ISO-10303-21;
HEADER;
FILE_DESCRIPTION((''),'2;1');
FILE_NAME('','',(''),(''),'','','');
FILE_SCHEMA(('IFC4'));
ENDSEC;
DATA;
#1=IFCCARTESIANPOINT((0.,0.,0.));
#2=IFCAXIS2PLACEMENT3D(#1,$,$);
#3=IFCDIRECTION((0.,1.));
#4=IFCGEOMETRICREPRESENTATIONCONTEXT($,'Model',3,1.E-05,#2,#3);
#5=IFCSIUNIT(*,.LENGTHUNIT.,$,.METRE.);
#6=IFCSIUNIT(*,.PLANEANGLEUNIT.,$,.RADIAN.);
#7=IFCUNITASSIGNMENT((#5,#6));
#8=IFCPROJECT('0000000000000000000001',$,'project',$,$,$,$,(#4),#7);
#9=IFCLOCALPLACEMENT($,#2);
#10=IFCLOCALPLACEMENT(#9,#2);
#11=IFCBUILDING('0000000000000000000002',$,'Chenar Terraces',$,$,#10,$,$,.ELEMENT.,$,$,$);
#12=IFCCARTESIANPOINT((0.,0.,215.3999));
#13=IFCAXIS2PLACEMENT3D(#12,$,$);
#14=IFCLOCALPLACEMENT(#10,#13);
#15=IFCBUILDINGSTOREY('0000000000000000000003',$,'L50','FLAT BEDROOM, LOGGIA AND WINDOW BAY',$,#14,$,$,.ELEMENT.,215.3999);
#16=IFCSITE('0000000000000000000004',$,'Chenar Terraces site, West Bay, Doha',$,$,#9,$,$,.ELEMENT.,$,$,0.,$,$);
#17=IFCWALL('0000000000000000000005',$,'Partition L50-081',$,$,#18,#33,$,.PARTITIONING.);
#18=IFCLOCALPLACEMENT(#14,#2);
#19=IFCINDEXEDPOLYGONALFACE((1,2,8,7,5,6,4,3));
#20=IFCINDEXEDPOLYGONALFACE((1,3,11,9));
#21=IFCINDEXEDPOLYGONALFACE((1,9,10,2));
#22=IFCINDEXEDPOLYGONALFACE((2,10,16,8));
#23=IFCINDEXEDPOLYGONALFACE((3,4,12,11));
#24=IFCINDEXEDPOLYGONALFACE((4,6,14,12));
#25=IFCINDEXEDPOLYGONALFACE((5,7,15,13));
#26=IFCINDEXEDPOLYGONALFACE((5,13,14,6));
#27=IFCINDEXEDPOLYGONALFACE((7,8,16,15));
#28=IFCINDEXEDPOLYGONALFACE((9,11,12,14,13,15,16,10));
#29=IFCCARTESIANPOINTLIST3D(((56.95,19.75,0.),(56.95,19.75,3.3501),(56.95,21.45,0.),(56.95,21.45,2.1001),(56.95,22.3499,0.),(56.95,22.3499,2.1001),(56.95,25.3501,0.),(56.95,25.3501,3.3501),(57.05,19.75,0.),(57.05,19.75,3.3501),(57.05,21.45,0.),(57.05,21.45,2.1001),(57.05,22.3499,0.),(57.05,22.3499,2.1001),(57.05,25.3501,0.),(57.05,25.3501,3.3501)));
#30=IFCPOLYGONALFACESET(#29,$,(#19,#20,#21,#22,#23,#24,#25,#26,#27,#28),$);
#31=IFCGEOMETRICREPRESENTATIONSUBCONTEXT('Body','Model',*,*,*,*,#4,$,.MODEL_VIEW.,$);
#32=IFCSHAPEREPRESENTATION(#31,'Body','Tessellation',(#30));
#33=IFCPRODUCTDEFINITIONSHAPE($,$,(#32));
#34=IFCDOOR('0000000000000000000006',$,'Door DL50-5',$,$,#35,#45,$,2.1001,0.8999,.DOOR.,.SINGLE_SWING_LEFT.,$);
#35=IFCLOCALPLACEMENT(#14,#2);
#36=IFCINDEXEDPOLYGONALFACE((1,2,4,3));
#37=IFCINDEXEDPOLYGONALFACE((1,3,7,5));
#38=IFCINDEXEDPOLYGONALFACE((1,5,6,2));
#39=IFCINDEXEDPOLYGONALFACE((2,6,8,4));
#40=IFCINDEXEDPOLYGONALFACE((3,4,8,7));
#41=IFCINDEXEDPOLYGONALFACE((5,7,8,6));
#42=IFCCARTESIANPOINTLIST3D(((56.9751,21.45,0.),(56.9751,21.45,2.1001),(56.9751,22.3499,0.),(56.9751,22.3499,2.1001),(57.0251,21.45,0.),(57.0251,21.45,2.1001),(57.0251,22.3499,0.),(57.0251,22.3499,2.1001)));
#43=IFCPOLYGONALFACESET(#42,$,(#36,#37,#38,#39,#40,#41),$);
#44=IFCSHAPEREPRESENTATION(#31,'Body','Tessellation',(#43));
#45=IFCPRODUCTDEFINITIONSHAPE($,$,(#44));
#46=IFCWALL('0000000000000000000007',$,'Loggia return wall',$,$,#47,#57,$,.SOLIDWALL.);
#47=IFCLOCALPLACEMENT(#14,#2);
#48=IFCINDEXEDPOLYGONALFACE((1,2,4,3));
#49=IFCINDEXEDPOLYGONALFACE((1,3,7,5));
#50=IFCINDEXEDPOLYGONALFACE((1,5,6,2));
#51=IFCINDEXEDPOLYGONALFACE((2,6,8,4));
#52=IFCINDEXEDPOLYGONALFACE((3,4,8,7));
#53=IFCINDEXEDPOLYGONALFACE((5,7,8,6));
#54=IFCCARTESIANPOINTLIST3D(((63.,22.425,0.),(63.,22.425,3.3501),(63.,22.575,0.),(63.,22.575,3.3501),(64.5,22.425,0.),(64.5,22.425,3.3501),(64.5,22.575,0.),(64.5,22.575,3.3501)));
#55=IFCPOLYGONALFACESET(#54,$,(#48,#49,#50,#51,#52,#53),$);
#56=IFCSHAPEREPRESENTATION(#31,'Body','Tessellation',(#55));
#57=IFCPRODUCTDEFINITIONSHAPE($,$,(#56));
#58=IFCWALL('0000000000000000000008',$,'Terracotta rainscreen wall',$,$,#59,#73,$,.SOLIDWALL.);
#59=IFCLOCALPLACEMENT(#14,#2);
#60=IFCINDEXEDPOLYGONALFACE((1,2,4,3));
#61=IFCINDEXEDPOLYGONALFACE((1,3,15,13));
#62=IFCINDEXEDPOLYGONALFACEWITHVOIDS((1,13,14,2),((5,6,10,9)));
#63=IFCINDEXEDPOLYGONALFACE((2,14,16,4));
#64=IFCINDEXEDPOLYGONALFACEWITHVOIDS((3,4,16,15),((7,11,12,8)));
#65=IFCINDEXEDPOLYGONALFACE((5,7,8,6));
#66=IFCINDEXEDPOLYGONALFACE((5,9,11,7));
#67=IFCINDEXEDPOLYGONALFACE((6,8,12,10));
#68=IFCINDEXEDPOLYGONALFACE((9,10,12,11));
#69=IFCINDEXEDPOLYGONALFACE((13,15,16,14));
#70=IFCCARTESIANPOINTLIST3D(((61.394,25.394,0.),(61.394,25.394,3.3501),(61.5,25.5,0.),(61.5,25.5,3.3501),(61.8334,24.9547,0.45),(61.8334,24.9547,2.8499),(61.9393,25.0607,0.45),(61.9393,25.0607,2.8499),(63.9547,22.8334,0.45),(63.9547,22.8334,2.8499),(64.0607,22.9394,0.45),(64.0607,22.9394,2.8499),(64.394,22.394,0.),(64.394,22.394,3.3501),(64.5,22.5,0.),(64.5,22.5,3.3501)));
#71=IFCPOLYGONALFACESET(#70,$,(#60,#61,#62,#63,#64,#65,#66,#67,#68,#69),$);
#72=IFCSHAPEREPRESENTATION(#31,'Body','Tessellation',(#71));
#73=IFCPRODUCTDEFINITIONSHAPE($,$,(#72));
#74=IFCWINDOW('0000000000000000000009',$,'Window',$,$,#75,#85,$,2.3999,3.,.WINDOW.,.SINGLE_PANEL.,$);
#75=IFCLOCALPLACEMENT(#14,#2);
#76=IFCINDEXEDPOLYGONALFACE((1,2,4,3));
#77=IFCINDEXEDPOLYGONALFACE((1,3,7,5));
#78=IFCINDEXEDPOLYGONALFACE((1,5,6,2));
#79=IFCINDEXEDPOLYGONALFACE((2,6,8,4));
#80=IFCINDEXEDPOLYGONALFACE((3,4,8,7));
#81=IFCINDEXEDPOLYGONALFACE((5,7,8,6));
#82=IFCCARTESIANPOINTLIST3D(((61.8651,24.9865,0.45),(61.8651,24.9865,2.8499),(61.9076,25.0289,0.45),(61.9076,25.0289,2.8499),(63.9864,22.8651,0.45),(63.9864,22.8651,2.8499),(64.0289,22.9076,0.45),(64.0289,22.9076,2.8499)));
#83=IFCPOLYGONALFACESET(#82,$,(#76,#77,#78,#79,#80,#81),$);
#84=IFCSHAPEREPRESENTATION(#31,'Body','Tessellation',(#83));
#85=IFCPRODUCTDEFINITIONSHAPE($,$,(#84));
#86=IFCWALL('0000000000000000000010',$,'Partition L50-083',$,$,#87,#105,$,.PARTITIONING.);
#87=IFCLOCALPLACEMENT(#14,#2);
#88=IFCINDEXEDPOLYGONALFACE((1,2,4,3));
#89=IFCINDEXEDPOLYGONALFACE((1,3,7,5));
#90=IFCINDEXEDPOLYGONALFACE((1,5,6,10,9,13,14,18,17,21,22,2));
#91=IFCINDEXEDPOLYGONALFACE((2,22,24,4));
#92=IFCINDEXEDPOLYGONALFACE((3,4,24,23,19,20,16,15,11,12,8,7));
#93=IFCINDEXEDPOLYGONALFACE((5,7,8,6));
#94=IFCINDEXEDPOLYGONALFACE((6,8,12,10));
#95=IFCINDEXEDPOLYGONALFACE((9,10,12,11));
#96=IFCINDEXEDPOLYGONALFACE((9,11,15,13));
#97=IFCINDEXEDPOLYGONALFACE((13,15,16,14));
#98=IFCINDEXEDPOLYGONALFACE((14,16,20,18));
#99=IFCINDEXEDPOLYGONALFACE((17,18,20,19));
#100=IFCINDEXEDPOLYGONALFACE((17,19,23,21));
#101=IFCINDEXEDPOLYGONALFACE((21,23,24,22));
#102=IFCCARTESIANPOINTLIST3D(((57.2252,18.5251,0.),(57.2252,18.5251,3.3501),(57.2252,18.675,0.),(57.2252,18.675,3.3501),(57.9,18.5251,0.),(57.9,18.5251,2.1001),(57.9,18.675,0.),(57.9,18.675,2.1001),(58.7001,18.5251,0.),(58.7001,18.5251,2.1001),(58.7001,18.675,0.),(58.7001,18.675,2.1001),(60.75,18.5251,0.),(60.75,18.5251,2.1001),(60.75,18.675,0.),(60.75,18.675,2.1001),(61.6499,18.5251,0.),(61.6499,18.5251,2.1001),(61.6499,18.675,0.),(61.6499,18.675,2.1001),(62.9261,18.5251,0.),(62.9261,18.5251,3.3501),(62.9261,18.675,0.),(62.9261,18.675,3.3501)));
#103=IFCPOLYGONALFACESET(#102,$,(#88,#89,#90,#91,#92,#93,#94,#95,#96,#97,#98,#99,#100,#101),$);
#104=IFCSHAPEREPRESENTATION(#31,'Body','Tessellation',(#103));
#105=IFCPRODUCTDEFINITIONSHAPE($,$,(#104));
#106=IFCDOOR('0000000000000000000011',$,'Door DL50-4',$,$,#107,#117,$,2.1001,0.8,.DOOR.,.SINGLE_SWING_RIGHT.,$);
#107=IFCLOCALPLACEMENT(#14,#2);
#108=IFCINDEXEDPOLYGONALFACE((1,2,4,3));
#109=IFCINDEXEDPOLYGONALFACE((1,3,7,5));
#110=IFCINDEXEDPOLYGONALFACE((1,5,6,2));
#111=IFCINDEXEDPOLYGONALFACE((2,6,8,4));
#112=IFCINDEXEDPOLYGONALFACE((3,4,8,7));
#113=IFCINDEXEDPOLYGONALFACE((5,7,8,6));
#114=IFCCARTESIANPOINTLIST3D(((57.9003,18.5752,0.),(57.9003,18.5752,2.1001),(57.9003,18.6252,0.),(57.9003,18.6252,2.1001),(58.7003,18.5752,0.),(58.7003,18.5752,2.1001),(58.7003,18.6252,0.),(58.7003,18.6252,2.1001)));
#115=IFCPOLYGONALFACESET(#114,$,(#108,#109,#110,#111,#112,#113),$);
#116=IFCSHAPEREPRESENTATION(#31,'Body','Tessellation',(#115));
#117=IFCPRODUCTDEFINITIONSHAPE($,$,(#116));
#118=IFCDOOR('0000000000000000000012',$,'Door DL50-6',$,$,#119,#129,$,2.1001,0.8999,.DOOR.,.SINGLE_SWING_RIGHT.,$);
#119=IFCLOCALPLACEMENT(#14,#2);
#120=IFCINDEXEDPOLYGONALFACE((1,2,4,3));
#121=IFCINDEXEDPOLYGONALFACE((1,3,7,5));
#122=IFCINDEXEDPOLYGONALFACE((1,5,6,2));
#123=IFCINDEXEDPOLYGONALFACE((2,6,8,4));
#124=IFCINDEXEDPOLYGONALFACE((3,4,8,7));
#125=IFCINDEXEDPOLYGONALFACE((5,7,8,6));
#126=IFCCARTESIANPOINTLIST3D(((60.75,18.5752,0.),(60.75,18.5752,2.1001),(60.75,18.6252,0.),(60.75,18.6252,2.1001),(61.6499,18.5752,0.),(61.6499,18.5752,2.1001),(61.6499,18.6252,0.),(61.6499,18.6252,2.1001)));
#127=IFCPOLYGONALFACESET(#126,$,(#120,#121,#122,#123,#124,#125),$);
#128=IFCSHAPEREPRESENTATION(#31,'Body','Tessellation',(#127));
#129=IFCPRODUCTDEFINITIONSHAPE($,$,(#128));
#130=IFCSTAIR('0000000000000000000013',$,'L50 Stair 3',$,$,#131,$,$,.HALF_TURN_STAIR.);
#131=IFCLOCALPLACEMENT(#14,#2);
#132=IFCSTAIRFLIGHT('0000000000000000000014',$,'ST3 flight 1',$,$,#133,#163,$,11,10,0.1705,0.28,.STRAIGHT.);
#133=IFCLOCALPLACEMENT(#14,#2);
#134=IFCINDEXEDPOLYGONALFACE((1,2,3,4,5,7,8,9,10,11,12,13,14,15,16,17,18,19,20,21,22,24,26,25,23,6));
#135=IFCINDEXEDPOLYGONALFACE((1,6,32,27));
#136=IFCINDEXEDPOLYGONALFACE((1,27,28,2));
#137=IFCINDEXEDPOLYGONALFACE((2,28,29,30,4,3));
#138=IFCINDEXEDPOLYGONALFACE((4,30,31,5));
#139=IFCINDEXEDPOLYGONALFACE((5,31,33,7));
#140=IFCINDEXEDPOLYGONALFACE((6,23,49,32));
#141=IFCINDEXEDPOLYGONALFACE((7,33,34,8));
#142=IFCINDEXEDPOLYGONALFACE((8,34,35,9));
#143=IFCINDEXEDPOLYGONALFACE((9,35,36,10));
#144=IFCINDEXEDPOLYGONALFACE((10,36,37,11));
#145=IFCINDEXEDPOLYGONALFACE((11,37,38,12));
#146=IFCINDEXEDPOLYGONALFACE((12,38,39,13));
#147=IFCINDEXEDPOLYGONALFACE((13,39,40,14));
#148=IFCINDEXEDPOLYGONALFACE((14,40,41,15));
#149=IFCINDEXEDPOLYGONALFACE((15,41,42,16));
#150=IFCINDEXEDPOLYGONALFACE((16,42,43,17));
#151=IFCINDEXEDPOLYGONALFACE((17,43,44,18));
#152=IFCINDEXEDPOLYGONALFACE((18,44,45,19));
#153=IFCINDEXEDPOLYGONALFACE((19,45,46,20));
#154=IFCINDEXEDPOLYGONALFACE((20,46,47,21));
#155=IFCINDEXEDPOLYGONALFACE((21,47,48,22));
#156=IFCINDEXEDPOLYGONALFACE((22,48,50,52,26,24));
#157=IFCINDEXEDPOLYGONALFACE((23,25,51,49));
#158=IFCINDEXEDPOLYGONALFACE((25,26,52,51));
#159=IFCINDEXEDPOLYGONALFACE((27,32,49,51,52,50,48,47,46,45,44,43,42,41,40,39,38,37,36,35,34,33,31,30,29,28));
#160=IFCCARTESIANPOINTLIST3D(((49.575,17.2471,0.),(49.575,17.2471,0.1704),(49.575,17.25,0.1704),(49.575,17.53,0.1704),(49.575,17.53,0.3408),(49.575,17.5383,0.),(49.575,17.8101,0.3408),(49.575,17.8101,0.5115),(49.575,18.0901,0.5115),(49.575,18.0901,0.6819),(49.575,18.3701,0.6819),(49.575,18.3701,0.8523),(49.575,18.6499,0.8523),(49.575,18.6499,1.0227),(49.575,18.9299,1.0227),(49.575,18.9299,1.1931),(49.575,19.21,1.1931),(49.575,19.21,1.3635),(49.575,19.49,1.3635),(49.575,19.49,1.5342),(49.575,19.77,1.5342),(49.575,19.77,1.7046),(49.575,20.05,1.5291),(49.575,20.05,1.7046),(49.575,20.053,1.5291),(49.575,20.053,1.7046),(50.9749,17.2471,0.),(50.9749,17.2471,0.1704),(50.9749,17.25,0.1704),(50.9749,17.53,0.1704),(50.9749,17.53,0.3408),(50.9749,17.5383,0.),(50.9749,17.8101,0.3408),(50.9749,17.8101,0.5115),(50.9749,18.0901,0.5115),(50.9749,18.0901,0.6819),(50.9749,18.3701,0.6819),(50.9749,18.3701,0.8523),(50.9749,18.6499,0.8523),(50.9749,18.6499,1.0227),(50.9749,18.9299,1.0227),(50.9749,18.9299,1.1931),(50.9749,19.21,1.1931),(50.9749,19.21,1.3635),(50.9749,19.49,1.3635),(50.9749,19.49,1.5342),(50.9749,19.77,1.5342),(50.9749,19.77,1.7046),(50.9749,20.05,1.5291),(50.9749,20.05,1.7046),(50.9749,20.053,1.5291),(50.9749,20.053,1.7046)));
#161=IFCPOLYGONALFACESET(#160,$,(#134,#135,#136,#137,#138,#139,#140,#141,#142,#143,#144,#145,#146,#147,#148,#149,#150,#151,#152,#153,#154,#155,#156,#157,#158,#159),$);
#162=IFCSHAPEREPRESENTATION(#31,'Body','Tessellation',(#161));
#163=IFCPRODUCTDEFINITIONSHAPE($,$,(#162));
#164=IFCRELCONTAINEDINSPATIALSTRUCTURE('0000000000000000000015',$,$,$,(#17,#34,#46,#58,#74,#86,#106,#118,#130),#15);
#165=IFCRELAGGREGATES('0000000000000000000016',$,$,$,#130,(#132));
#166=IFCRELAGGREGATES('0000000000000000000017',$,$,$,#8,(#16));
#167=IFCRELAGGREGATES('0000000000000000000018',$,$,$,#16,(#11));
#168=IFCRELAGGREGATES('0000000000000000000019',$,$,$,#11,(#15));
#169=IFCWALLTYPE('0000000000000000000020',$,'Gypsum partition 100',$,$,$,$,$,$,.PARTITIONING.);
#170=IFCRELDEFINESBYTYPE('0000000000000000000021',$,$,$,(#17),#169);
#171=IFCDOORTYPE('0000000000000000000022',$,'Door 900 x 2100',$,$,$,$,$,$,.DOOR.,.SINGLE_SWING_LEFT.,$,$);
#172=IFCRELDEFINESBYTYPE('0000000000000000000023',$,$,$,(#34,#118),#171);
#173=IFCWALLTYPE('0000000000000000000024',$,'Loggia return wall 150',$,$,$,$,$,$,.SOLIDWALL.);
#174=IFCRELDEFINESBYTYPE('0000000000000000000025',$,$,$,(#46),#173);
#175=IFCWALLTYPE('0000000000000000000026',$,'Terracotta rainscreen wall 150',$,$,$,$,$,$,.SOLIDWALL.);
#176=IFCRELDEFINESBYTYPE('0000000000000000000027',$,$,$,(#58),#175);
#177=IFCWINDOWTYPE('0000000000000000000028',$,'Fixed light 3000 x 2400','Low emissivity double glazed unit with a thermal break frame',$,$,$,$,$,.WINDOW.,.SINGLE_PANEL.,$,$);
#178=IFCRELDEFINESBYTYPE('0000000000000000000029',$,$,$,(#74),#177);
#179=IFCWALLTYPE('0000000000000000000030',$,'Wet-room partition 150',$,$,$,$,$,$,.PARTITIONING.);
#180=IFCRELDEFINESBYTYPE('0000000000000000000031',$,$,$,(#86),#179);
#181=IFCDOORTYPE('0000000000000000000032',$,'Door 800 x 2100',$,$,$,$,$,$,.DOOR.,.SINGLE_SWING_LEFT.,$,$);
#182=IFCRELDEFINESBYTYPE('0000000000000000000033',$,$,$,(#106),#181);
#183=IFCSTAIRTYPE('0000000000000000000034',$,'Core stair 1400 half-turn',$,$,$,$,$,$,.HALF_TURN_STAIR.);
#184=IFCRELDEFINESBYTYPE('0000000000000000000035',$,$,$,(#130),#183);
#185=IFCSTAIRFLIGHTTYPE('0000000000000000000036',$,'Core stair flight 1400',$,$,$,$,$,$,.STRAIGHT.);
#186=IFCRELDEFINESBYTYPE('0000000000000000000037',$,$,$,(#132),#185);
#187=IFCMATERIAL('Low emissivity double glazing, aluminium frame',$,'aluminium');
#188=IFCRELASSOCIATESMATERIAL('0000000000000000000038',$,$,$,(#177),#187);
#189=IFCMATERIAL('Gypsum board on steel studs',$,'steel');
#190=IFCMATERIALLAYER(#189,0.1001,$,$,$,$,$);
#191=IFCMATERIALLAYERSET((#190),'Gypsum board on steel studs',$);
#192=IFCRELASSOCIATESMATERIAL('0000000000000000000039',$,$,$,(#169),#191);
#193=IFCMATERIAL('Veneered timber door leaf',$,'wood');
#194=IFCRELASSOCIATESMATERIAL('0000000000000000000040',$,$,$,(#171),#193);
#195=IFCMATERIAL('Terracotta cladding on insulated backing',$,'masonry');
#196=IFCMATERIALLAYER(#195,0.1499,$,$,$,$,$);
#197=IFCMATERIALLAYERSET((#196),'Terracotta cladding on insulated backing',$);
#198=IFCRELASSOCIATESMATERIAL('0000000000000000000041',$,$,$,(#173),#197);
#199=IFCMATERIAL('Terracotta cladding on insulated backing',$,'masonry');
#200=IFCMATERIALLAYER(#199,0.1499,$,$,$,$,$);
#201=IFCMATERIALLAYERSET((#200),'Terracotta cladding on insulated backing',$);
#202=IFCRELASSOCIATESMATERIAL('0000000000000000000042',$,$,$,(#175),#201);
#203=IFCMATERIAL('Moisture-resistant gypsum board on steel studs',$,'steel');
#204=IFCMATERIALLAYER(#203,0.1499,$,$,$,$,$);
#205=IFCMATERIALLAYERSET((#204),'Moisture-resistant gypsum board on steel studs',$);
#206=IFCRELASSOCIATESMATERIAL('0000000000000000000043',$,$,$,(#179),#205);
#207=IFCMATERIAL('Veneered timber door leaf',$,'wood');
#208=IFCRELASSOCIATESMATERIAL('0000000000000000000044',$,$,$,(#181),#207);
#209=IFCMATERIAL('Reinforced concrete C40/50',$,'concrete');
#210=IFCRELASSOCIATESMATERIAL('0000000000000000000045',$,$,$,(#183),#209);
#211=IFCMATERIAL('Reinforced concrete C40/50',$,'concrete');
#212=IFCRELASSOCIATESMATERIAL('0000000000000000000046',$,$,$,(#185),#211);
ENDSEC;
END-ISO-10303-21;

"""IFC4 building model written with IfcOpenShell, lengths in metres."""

from ifc_helpers import new_model, si_unit, direction, frame, frame_2d, origin, place, context, subcontext, project, spatial, polyline, rectangle, outline, extrude, material, layer, layer_set, type_object, element, fill, aggregate, save


model = new_model("IFC4")

# Units and contexts
model_context = context("Model", 3, precision=1e-05, world=origin(), true_north=direction((0.0, 1.0)))
body_context = subcontext(model_context, "Body", "Model", "MODEL_VIEW")
ifc_project = project(units=[si_unit("LENGTHUNIT", "METRE"), si_unit("PLANEANGLEUNIT", "RADIAN")], contexts=[model_context])

# Site, building, storey
site_placement = place(None, origin())
site = spatial("IfcSite", under=ifc_project, at=site_placement, Name="Chenar Terraces site, West Bay, Doha", CompositionType="ELEMENT", RefElevation=0.0)
building_placement = place(site_placement, origin())
building = spatial("IfcBuilding", under=site, at=building_placement, Name="Chenar Terraces", CompositionType="ELEMENT")
storey_placement = place(building_placement, frame((0.0, 0.0, 215.3999)))
storey = spatial("IfcBuildingStorey", under=building, at=storey_placement, Name="L50", Description="FLAT BEDROOM, LOGGIA AND WINDOW BAY", CompositionType="ELEMENT", Elevation=215.3999)

# Shared definitions
ifc_material_1 = material(Name="Low emissivity double glazing, aluminium frame", Category="aluminium")
window_type_1 = type_object("IfcWindowType", Name="Fixed light 3000 x 2400", Description="Low emissivity double glazed unit with a thermal break frame", PartitioningType="SINGLE_PANEL", PredefinedType="WINDOW", material=ifc_material_1)

# Shared definitions
ifc_material_2 = material(Name="Gypsum board on steel studs", Category="steel")
ifc_layer_1 = layer(ifc_material_2, 0.1001)
ifc_layer_set_1 = layer_set([ifc_layer_1], Name="Gypsum board on steel studs")
wall_type_1 = type_object("IfcWallType", Name="Gypsum partition 100", PredefinedType="PARTITIONING", material=ifc_layer_set_1)

# Wall, opening, door
wall_1_placement = place(storey_placement, frame((57.0, 19.75, 0.0), z_axis=(0.0, 0.0, 1.0), x_axis=(0.0, 1.0, 0.0)))
wall_1 = element("IfcWall", 1, at=wall_1_placement, inside=storey, type_object=wall_type_1, Name="Partition L50-081", PredefinedType="PARTITIONING", context=body_context, shape_type="SweptSolid", body=[
    extrude(rectangle(XDim=5.6001, YDim=0.1001, at=frame_2d((2.8, 0.0))), origin(), (0.0, 0.0, 1.0), 3.3501),
])
opening_1_placement = place(wall_1_placement, frame((1.7, 0.0, 0.0)))
opening_1 = element("IfcOpeningElement", 2, at=opening_1_placement, cuts=wall_1, PredefinedType="OPENING", context=body_context, shape_type="SweptSolid", body=[
    extrude(rectangle(XDim=0.8999, YDim=2.1001, at=frame_2d((0.45, 1.05))), frame((0.0, 0.0601, 0.0), z_axis=(0.0, -1.0, 0.0), x_axis=(1.0, 0.0, 0.0)), (0.0, 0.0, 1.0), 0.1201),
])
ifc_material_3 = material(Name="Veneered timber door leaf", Category="wood")
door_type_1 = type_object("IfcDoorType", Name="Door 900 x 2100", OperationType="SINGLE_SWING_LEFT", PredefinedType="DOOR", material=ifc_material_3)
door_1_placement = place(opening_1_placement, origin())
door_1 = element("IfcDoor", 3, at=door_1_placement, inside=storey, type_object=door_type_1, Name="Door DL50-5", OperationType="SINGLE_SWING_LEFT", OverallHeight=2.1001, OverallWidth=0.8999, PredefinedType="DOOR", context=body_context, shape_type="SweptSolid", body=[
    extrude(rectangle(XDim=0.8999, YDim=2.1001, at=frame_2d((0.45, 1.05))), frame((0.0, 0.0249, 0.0), z_axis=(0.0, -1.0, 0.0), x_axis=(1.0, 0.0, 0.0)), (0.0, 0.0, 1.0), 0.05),
])
fill(opening_1, door_1)

# Wall
ifc_material_4 = material(Name="Terracotta cladding on insulated backing", Category="masonry")
ifc_layer_2 = layer(ifc_material_4, 0.1499)
ifc_layer_set_2 = layer_set([ifc_layer_2], Name="Terracotta cladding on insulated backing")
wall_type_2 = type_object("IfcWallType", Name="Loggia return wall 150", PredefinedType="SOLIDWALL", material=ifc_layer_set_2)
wall_2_placement = place(storey_placement, frame((64.5, 22.5, 0.0), z_axis=(0.0, 0.0, 1.0), x_axis=(-1.0, 0.0, 0.0)))
element("IfcWall", 4, at=wall_2_placement, inside=storey, type_object=wall_type_2, Name="Loggia return wall", PredefinedType="SOLIDWALL", context=body_context, shape_type="SweptSolid", body=[
    extrude(rectangle(XDim=1.5, YDim=0.1499, at=frame_2d((0.75, 0.0))), origin(), (0.0, 0.0, 1.0), 3.3501),
])

# Wall, opening, window
ifc_material_5 = material(Name="Terracotta cladding on insulated backing", Category="masonry")
ifc_layer_3 = layer(ifc_material_5, 0.1499)
ifc_layer_set_3 = layer_set([ifc_layer_3], Name="Terracotta cladding on insulated backing")
wall_type_3 = type_object("IfcWallType", Name="Terracotta rainscreen wall 150", PredefinedType="SOLIDWALL", material=ifc_layer_set_3)
wall_3_placement = place(storey_placement, frame((64.447, 22.447, 0.0), z_axis=(0.0, 0.0, 1.0), x_axis=(-0.707107, 0.707107, 0.0)))
wall_3 = element("IfcWall", 5, at=wall_3_placement, inside=storey, type_object=wall_type_3, Name="Terracotta rainscreen wall", PredefinedType="SOLIDWALL", context=body_context, shape_type="SweptSolid", body=[
    extrude(rectangle(XDim=4.2427, YDim=0.1499, at=frame_2d((2.1213, 0.0))), origin(), (0.0, 0.0, 1.0), 3.3501),
])
opening_2_placement = place(wall_3_placement, frame((0.6213, 0.0, 0.45)))
opening_2 = element("IfcOpeningElement", 6, at=opening_2_placement, cuts=wall_3, PredefinedType="OPENING", context=body_context, shape_type="SweptSolid", body=[
    extrude(rectangle(XDim=3.0, YDim=2.3999, at=frame_2d((1.5, 1.2))), frame((0.0, 0.085, 0.0), z_axis=(0.0, -1.0, 0.0), x_axis=(1.0, 0.0, 0.0)), (0.0, 0.0, 1.0), 0.1699),
])
window_1_placement = place(opening_2_placement, origin())
window_1 = element("IfcWindow", 7, at=window_1_placement, inside=storey, type_object=window_type_1, Name="Window", OverallHeight=2.3999, OverallWidth=3.0, PartitioningType="SINGLE_PANEL", PredefinedType="WINDOW", context=body_context, shape_type="SweptSolid", body=[
    extrude(rectangle(XDim=3.0, YDim=2.3999, at=frame_2d((1.5, 1.2))), frame((0.0, 0.03, 0.0), z_axis=(0.0, -1.0, 0.0), x_axis=(1.0, 0.0, 0.0)), (0.0, 0.0, 1.0), 0.0601),
])
fill(opening_2, window_1)

# Wall, openings, doors
ifc_material_6 = material(Name="Moisture-resistant gypsum board on steel studs", Category="steel")
ifc_layer_4 = layer(ifc_material_6, 0.1499)
ifc_layer_set_4 = layer_set([ifc_layer_4], Name="Moisture-resistant gypsum board on steel studs")
wall_type_4 = type_object("IfcWallType", Name="Wet-room partition 150", PredefinedType="PARTITIONING", material=ifc_layer_set_4)
wall_4_placement = place(storey_placement, frame((57.2251, 18.6001, 0.0), z_axis=(0.0, 0.0, 1.0), x_axis=(1.0, 0.0, 0.0)))
wall_4 = element("IfcWall", 8, at=wall_4_placement, inside=storey, type_object=wall_type_4, Name="Partition L50-083", PredefinedType="PARTITIONING", context=body_context, shape_type="SweptSolid", body=[
    extrude(rectangle(XDim=5.7009, YDim=0.1499, at=frame_2d((2.8506, 0.0))), origin(), (0.0, 0.0, 1.0), 3.3501),
])
opening_3_placement = place(wall_4_placement, frame((0.675, 0.0, 0.0)))
opening_3 = element("IfcOpeningElement", 9, at=opening_3_placement, cuts=wall_4, PredefinedType="OPENING", context=body_context, shape_type="SweptSolid", body=[
    extrude(rectangle(XDim=0.8, YDim=2.1001, at=frame_2d((0.3999, 1.05))), frame((0.0, 0.085, 0.0), z_axis=(0.0, -1.0, 0.0), x_axis=(1.0, 0.0, 0.0)), (0.0, 0.0, 1.0), 0.1699),
])
opening_4_placement = place(wall_4_placement, frame((3.5249, 0.0, 0.0)))
opening_4 = element("IfcOpeningElement", 10, at=opening_4_placement, cuts=wall_4, PredefinedType="OPENING", context=body_context, shape_type="SweptSolid", body=[
    extrude(rectangle(XDim=0.8999, YDim=2.1001, at=frame_2d((0.45, 1.05))), frame((0.0, 0.085, 0.0), z_axis=(0.0, -1.0, 0.0), x_axis=(1.0, 0.0, 0.0)), (0.0, 0.0, 1.0), 0.1699),
])
ifc_material_7 = material(Name="Veneered timber door leaf", Category="wood")
door_type_2 = type_object("IfcDoorType", Name="Door 800 x 2100", OperationType="SINGLE_SWING_LEFT", PredefinedType="DOOR", material=ifc_material_7)
door_2_placement = place(opening_3_placement, frame((0.8, 0.0, 0.0), z_axis=(0.0, 0.0, 1.0), x_axis=(-1.0, 0.0, 0.0)))
door_2 = element("IfcDoor", 11, at=door_2_placement, inside=storey, type_object=door_type_2, Name="Door DL50-4", OperationType="SINGLE_SWING_RIGHT", OverallHeight=2.1001, OverallWidth=0.8, PredefinedType="DOOR", context=body_context, shape_type="SweptSolid", body=[
    extrude(rectangle(XDim=0.8, YDim=2.1001, at=frame_2d((0.3999, 1.05))), frame((0.0, 0.0249, 0.0), z_axis=(0.0, -1.0, 0.0), x_axis=(1.0, 0.0, 0.0)), (0.0, 0.0, 1.0), 0.05),
])
fill(opening_3, door_2)
door_3_placement = place(opening_4_placement, frame((0.8999, 0.0, 0.0), z_axis=(0.0, 0.0, 1.0), x_axis=(-1.0, 0.0, 0.0)))
door_3 = element("IfcDoor", 12, at=door_3_placement, inside=storey, type_object=door_type_1, Name="Door DL50-6", OperationType="SINGLE_SWING_RIGHT", OverallHeight=2.1001, OverallWidth=0.8999, PredefinedType="DOOR", context=body_context, shape_type="SweptSolid", body=[
    extrude(rectangle(XDim=0.8999, YDim=2.1001, at=frame_2d((0.45, 1.05))), frame((0.0, 0.0249, 0.0), z_axis=(0.0, -1.0, 0.0), x_axis=(1.0, 0.0, 0.0)), (0.0, 0.0, 1.0), 0.05),
])
fill(opening_4, door_3)

# Stair, stair flight
ifc_material_8 = material(Name="Reinforced concrete C40/50", Category="concrete")
stair_type = type_object("IfcStairType", Name="Core stair 1400 half-turn", PredefinedType="HALF_TURN_STAIR", material=ifc_material_8)
stair_placement = place(storey_placement, origin())
stair = element("IfcStair", 13, at=stair_placement, inside=storey, type_object=stair_type, Name="L50 Stair 3", PredefinedType="HALF_TURN_STAIR")
ifc_material_9 = material(Name="Reinforced concrete C40/50", Category="concrete")
stair_flight_type = type_object("IfcStairFlightType", Name="Core stair flight 1400", PredefinedType="STRAIGHT", material=ifc_material_9)
stair_flight_1_placement = place(storey_placement, frame((50.2749, 17.25, 0.0), z_axis=(0.0, 0.0, 1.0), x_axis=(0.0, 1.0, 0.0)))
stair_flight_1 = element("IfcStairFlight", 14, at=stair_flight_1_placement, type_object=stair_flight_type, Name="ST3 flight 1", NumberOfRisers=11, NumberOfTreads=10, PredefinedType="STRAIGHT", RiserHeight=0.1705, TreadLength=0.28, context=body_context, shape_type="SweptSolid", body=[
    extrude(outline(polyline([(-0.0029, 0.0), (-0.0029, 0.1704), (0.0, 0.1704), (0.28, 0.1704), (0.28, 0.3408), (0.5601, 0.3408), (0.5601, 0.5115), (0.8401, 0.5115), (0.8401, 0.6819), (1.1201, 0.6819), (1.1201, 0.8523), (1.3999, 0.8523), (1.3999, 1.0227), (1.6799, 1.0227), (1.6799, 1.1931), (1.96, 1.1931), (1.96, 1.3635), (2.24, 1.3635), (2.24, 1.5342), (2.52, 1.5342), (2.52, 1.7046), (2.8, 1.7046), (2.803, 1.7046), (2.803, 1.5291), (2.8, 1.5291), (0.2883, 0.0), (-0.0029, 0.0)])), frame((0.0, 0.7, 0.0), z_axis=(0.0, -1.0, 0.0), x_axis=(1.0, 0.0, 0.0)), (0.0, 0.0, 1.0), 1.3999),
])
aggregate(stair, [stair_flight_1])

save(model, "model.ifc")
